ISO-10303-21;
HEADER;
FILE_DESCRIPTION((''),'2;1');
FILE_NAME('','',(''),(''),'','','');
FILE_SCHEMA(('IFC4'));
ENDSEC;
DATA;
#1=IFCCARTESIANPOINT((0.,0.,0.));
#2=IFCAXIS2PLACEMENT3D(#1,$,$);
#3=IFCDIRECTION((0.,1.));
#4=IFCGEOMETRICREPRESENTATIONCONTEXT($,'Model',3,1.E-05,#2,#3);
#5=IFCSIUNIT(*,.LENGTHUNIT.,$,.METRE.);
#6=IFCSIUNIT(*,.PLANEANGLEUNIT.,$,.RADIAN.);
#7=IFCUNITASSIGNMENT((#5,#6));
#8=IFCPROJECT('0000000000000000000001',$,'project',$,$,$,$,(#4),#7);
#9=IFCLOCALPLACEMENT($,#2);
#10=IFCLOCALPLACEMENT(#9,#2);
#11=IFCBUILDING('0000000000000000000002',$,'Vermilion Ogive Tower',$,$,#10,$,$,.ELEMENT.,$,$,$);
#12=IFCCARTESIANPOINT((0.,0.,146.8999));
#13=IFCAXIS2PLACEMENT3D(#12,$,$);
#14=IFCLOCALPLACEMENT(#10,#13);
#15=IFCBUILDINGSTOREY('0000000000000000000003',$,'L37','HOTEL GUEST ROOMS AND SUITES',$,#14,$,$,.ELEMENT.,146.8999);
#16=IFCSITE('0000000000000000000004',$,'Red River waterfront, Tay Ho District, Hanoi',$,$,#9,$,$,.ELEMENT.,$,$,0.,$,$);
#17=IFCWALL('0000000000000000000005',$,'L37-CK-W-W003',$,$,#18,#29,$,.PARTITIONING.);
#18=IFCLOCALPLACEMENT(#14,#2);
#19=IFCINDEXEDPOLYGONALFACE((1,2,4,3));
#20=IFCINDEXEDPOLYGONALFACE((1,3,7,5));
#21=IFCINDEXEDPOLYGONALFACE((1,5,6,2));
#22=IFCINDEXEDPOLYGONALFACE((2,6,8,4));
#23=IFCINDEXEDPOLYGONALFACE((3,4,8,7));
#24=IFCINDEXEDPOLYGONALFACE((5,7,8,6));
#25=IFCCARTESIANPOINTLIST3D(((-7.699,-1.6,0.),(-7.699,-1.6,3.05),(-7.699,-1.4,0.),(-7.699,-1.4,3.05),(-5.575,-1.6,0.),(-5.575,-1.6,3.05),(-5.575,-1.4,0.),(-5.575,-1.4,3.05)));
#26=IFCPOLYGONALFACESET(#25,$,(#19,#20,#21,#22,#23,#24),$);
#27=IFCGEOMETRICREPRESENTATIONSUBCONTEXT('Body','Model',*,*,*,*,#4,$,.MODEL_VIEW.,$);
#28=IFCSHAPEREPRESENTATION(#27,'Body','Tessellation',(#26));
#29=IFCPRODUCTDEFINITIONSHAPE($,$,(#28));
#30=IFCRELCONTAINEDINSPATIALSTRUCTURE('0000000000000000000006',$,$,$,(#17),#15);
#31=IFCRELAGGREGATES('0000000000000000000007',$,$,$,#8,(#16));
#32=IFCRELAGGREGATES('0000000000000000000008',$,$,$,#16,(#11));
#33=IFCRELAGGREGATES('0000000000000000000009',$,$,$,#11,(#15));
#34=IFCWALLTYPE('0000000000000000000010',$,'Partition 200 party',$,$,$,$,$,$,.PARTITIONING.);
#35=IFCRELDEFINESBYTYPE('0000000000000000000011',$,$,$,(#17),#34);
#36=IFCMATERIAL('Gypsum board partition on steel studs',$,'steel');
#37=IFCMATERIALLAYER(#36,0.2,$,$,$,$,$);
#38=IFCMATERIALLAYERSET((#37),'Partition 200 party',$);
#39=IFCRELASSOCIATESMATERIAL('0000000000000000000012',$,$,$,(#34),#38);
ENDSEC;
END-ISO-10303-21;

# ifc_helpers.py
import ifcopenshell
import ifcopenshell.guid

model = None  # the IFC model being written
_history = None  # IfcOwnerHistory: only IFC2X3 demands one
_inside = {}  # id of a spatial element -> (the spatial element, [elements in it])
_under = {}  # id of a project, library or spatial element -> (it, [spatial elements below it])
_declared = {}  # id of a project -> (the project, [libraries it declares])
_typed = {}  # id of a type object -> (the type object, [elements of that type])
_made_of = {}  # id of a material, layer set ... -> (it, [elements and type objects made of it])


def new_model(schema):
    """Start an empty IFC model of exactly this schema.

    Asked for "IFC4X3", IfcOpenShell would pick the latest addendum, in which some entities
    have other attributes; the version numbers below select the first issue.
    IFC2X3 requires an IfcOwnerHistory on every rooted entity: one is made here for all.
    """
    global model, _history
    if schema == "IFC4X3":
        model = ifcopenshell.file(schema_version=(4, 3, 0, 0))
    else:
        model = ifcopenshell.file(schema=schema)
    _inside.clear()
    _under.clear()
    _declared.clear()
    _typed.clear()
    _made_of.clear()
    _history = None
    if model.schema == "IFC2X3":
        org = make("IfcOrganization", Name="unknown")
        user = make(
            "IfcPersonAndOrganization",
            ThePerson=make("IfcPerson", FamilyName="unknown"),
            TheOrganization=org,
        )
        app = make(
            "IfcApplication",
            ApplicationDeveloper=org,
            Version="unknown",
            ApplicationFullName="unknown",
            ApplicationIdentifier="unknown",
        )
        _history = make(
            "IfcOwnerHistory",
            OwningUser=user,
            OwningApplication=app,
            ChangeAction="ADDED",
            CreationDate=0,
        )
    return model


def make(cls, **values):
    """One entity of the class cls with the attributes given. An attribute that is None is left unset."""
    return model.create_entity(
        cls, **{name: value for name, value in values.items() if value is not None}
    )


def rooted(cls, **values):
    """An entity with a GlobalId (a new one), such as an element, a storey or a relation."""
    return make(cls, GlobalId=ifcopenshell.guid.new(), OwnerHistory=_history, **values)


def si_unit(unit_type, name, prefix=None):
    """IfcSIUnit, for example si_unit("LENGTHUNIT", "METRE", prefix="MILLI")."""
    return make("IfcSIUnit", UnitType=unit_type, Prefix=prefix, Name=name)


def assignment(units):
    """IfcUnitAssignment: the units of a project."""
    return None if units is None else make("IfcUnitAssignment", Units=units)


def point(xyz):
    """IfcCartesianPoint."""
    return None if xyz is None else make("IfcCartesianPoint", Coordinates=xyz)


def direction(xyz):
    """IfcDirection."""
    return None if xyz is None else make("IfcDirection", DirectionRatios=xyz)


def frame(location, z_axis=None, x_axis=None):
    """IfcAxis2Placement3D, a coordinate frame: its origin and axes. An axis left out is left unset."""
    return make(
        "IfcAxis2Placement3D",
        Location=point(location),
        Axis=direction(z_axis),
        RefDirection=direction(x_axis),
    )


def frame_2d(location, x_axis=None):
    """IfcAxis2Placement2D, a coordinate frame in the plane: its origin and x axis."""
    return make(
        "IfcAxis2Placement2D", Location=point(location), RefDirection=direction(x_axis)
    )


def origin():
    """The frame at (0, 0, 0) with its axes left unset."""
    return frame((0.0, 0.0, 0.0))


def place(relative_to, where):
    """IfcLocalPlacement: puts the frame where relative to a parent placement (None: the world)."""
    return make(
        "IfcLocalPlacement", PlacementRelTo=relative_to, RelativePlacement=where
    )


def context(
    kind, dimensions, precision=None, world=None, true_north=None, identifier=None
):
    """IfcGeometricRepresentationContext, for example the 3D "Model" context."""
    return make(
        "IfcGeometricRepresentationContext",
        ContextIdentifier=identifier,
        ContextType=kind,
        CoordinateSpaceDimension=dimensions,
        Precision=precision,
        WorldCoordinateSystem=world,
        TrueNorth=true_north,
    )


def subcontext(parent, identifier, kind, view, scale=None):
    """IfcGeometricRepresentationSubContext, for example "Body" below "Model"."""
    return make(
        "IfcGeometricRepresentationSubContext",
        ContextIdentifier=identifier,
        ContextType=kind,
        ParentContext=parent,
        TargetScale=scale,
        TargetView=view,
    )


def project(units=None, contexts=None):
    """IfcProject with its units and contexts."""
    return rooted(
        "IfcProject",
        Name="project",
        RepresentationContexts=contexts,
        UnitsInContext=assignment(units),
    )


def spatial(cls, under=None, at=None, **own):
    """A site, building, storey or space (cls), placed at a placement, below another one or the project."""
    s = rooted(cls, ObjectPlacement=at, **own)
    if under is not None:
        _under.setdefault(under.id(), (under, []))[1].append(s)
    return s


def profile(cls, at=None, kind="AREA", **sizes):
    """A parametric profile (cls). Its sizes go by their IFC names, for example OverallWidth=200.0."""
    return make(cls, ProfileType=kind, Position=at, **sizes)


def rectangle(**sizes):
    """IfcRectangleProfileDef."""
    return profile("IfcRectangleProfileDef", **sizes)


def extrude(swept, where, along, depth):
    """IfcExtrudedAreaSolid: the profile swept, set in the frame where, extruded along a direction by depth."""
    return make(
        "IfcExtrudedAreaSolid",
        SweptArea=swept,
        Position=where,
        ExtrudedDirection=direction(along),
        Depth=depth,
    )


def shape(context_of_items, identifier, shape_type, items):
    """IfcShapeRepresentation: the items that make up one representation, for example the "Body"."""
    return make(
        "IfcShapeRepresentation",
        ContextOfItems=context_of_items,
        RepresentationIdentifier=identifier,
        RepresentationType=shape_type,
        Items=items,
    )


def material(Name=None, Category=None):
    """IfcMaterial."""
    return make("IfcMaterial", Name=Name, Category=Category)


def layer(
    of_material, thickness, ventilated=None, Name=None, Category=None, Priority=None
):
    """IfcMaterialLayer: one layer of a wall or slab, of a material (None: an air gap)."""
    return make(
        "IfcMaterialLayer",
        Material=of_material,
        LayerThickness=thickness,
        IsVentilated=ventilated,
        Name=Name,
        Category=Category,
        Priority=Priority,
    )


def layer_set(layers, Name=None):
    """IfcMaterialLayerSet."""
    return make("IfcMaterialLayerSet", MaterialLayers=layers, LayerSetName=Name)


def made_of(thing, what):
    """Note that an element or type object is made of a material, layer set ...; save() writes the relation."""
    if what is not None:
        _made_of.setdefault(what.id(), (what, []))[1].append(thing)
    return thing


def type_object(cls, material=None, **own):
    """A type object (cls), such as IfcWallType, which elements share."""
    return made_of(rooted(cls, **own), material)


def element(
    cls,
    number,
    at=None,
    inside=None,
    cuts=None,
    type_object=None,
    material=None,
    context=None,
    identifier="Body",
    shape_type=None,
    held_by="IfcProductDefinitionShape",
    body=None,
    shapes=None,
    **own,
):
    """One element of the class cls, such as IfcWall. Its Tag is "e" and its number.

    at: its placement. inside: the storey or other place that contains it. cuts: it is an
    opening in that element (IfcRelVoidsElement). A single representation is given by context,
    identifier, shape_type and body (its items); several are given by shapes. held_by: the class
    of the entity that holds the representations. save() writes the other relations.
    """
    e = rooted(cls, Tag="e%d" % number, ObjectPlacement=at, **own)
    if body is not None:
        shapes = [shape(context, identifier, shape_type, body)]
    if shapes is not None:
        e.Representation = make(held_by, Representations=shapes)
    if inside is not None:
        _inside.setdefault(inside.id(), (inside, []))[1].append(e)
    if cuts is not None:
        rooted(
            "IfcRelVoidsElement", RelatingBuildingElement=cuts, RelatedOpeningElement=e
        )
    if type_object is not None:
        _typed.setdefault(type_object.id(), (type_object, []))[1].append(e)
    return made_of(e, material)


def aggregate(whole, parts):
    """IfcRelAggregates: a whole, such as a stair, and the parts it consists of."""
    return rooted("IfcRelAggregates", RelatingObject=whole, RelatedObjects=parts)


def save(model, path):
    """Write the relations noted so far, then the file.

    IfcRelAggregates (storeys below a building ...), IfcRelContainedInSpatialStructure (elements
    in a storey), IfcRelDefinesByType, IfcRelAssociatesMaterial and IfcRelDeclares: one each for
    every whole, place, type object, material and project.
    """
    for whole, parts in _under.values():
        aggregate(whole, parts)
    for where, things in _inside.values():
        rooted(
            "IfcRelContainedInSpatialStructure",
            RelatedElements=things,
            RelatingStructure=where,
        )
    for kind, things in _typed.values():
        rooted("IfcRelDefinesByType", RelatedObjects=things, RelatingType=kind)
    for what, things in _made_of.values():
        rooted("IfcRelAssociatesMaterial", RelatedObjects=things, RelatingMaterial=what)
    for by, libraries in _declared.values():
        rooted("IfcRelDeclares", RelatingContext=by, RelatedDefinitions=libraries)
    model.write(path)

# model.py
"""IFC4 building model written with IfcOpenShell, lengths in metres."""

from ifc_helpers import new_model, si_unit, direction, frame, frame_2d, origin, place, context, subcontext, project, spatial, rectangle, extrude, material, layer, layer_set, type_object, element, save


model = new_model("IFC4")

# Units and contexts
model_context = context("Model", 3, precision=1e-05, world=origin(), true_north=direction((0.0, 1.0)))
body_context = subcontext(model_context, "Body", "Model", "MODEL_VIEW")
ifc_project = project(units=[si_unit("LENGTHUNIT", "METRE"), si_unit("PLANEANGLEUNIT", "RADIAN")], contexts=[model_context])

# Site, building, storey
site_placement = place(None, origin())
site = spatial("IfcSite", under=ifc_project, at=site_placement, Name="Red River waterfront, Tay Ho District, Hanoi", CompositionType="ELEMENT", RefElevation=0.0)
building_placement = place(site_placement, origin())
building = spatial("IfcBuilding", under=site, at=building_placement, Name="Vermilion Ogive Tower", CompositionType="ELEMENT")
storey_placement = place(building_placement, frame((0.0, 0.0, 146.8999)))
storey = spatial("IfcBuildingStorey", under=building, at=storey_placement, Name="L37", Description="HOTEL GUEST ROOMS AND SUITES", CompositionType="ELEMENT", Elevation=146.8999)

# Wall
ifc_material_1 = material(Name="Gypsum board partition on steel studs", Category="steel")
ifc_layer_1 = layer(ifc_material_1, 0.2)
ifc_layer_set_1 = layer_set([ifc_layer_1], Name="Partition 200 party")
wall_type_1 = type_object("IfcWallType", Name="Partition 200 party", PredefinedType="PARTITIONING", material=ifc_layer_set_1)
wall_1_placement = place(storey_placement, frame((-7.699, -1.5, 0.0), z_axis=(0.0, 0.0, 1.0), x_axis=(1.0, 0.0, 0.0)))
element("IfcWall", 1, at=wall_1_placement, inside=storey, type_object=wall_type_1, Name="L37-CK-W-W003", PredefinedType="PARTITIONING", context=body_context, shape_type="SweptSolid", body=[
    extrude(rectangle(XDim=2.124, YDim=0.2, at=frame_2d((1.062, 0.0))), origin(), (0.0, 0.0, 1.0), 3.05),
])

save(model, "model.ifc")
